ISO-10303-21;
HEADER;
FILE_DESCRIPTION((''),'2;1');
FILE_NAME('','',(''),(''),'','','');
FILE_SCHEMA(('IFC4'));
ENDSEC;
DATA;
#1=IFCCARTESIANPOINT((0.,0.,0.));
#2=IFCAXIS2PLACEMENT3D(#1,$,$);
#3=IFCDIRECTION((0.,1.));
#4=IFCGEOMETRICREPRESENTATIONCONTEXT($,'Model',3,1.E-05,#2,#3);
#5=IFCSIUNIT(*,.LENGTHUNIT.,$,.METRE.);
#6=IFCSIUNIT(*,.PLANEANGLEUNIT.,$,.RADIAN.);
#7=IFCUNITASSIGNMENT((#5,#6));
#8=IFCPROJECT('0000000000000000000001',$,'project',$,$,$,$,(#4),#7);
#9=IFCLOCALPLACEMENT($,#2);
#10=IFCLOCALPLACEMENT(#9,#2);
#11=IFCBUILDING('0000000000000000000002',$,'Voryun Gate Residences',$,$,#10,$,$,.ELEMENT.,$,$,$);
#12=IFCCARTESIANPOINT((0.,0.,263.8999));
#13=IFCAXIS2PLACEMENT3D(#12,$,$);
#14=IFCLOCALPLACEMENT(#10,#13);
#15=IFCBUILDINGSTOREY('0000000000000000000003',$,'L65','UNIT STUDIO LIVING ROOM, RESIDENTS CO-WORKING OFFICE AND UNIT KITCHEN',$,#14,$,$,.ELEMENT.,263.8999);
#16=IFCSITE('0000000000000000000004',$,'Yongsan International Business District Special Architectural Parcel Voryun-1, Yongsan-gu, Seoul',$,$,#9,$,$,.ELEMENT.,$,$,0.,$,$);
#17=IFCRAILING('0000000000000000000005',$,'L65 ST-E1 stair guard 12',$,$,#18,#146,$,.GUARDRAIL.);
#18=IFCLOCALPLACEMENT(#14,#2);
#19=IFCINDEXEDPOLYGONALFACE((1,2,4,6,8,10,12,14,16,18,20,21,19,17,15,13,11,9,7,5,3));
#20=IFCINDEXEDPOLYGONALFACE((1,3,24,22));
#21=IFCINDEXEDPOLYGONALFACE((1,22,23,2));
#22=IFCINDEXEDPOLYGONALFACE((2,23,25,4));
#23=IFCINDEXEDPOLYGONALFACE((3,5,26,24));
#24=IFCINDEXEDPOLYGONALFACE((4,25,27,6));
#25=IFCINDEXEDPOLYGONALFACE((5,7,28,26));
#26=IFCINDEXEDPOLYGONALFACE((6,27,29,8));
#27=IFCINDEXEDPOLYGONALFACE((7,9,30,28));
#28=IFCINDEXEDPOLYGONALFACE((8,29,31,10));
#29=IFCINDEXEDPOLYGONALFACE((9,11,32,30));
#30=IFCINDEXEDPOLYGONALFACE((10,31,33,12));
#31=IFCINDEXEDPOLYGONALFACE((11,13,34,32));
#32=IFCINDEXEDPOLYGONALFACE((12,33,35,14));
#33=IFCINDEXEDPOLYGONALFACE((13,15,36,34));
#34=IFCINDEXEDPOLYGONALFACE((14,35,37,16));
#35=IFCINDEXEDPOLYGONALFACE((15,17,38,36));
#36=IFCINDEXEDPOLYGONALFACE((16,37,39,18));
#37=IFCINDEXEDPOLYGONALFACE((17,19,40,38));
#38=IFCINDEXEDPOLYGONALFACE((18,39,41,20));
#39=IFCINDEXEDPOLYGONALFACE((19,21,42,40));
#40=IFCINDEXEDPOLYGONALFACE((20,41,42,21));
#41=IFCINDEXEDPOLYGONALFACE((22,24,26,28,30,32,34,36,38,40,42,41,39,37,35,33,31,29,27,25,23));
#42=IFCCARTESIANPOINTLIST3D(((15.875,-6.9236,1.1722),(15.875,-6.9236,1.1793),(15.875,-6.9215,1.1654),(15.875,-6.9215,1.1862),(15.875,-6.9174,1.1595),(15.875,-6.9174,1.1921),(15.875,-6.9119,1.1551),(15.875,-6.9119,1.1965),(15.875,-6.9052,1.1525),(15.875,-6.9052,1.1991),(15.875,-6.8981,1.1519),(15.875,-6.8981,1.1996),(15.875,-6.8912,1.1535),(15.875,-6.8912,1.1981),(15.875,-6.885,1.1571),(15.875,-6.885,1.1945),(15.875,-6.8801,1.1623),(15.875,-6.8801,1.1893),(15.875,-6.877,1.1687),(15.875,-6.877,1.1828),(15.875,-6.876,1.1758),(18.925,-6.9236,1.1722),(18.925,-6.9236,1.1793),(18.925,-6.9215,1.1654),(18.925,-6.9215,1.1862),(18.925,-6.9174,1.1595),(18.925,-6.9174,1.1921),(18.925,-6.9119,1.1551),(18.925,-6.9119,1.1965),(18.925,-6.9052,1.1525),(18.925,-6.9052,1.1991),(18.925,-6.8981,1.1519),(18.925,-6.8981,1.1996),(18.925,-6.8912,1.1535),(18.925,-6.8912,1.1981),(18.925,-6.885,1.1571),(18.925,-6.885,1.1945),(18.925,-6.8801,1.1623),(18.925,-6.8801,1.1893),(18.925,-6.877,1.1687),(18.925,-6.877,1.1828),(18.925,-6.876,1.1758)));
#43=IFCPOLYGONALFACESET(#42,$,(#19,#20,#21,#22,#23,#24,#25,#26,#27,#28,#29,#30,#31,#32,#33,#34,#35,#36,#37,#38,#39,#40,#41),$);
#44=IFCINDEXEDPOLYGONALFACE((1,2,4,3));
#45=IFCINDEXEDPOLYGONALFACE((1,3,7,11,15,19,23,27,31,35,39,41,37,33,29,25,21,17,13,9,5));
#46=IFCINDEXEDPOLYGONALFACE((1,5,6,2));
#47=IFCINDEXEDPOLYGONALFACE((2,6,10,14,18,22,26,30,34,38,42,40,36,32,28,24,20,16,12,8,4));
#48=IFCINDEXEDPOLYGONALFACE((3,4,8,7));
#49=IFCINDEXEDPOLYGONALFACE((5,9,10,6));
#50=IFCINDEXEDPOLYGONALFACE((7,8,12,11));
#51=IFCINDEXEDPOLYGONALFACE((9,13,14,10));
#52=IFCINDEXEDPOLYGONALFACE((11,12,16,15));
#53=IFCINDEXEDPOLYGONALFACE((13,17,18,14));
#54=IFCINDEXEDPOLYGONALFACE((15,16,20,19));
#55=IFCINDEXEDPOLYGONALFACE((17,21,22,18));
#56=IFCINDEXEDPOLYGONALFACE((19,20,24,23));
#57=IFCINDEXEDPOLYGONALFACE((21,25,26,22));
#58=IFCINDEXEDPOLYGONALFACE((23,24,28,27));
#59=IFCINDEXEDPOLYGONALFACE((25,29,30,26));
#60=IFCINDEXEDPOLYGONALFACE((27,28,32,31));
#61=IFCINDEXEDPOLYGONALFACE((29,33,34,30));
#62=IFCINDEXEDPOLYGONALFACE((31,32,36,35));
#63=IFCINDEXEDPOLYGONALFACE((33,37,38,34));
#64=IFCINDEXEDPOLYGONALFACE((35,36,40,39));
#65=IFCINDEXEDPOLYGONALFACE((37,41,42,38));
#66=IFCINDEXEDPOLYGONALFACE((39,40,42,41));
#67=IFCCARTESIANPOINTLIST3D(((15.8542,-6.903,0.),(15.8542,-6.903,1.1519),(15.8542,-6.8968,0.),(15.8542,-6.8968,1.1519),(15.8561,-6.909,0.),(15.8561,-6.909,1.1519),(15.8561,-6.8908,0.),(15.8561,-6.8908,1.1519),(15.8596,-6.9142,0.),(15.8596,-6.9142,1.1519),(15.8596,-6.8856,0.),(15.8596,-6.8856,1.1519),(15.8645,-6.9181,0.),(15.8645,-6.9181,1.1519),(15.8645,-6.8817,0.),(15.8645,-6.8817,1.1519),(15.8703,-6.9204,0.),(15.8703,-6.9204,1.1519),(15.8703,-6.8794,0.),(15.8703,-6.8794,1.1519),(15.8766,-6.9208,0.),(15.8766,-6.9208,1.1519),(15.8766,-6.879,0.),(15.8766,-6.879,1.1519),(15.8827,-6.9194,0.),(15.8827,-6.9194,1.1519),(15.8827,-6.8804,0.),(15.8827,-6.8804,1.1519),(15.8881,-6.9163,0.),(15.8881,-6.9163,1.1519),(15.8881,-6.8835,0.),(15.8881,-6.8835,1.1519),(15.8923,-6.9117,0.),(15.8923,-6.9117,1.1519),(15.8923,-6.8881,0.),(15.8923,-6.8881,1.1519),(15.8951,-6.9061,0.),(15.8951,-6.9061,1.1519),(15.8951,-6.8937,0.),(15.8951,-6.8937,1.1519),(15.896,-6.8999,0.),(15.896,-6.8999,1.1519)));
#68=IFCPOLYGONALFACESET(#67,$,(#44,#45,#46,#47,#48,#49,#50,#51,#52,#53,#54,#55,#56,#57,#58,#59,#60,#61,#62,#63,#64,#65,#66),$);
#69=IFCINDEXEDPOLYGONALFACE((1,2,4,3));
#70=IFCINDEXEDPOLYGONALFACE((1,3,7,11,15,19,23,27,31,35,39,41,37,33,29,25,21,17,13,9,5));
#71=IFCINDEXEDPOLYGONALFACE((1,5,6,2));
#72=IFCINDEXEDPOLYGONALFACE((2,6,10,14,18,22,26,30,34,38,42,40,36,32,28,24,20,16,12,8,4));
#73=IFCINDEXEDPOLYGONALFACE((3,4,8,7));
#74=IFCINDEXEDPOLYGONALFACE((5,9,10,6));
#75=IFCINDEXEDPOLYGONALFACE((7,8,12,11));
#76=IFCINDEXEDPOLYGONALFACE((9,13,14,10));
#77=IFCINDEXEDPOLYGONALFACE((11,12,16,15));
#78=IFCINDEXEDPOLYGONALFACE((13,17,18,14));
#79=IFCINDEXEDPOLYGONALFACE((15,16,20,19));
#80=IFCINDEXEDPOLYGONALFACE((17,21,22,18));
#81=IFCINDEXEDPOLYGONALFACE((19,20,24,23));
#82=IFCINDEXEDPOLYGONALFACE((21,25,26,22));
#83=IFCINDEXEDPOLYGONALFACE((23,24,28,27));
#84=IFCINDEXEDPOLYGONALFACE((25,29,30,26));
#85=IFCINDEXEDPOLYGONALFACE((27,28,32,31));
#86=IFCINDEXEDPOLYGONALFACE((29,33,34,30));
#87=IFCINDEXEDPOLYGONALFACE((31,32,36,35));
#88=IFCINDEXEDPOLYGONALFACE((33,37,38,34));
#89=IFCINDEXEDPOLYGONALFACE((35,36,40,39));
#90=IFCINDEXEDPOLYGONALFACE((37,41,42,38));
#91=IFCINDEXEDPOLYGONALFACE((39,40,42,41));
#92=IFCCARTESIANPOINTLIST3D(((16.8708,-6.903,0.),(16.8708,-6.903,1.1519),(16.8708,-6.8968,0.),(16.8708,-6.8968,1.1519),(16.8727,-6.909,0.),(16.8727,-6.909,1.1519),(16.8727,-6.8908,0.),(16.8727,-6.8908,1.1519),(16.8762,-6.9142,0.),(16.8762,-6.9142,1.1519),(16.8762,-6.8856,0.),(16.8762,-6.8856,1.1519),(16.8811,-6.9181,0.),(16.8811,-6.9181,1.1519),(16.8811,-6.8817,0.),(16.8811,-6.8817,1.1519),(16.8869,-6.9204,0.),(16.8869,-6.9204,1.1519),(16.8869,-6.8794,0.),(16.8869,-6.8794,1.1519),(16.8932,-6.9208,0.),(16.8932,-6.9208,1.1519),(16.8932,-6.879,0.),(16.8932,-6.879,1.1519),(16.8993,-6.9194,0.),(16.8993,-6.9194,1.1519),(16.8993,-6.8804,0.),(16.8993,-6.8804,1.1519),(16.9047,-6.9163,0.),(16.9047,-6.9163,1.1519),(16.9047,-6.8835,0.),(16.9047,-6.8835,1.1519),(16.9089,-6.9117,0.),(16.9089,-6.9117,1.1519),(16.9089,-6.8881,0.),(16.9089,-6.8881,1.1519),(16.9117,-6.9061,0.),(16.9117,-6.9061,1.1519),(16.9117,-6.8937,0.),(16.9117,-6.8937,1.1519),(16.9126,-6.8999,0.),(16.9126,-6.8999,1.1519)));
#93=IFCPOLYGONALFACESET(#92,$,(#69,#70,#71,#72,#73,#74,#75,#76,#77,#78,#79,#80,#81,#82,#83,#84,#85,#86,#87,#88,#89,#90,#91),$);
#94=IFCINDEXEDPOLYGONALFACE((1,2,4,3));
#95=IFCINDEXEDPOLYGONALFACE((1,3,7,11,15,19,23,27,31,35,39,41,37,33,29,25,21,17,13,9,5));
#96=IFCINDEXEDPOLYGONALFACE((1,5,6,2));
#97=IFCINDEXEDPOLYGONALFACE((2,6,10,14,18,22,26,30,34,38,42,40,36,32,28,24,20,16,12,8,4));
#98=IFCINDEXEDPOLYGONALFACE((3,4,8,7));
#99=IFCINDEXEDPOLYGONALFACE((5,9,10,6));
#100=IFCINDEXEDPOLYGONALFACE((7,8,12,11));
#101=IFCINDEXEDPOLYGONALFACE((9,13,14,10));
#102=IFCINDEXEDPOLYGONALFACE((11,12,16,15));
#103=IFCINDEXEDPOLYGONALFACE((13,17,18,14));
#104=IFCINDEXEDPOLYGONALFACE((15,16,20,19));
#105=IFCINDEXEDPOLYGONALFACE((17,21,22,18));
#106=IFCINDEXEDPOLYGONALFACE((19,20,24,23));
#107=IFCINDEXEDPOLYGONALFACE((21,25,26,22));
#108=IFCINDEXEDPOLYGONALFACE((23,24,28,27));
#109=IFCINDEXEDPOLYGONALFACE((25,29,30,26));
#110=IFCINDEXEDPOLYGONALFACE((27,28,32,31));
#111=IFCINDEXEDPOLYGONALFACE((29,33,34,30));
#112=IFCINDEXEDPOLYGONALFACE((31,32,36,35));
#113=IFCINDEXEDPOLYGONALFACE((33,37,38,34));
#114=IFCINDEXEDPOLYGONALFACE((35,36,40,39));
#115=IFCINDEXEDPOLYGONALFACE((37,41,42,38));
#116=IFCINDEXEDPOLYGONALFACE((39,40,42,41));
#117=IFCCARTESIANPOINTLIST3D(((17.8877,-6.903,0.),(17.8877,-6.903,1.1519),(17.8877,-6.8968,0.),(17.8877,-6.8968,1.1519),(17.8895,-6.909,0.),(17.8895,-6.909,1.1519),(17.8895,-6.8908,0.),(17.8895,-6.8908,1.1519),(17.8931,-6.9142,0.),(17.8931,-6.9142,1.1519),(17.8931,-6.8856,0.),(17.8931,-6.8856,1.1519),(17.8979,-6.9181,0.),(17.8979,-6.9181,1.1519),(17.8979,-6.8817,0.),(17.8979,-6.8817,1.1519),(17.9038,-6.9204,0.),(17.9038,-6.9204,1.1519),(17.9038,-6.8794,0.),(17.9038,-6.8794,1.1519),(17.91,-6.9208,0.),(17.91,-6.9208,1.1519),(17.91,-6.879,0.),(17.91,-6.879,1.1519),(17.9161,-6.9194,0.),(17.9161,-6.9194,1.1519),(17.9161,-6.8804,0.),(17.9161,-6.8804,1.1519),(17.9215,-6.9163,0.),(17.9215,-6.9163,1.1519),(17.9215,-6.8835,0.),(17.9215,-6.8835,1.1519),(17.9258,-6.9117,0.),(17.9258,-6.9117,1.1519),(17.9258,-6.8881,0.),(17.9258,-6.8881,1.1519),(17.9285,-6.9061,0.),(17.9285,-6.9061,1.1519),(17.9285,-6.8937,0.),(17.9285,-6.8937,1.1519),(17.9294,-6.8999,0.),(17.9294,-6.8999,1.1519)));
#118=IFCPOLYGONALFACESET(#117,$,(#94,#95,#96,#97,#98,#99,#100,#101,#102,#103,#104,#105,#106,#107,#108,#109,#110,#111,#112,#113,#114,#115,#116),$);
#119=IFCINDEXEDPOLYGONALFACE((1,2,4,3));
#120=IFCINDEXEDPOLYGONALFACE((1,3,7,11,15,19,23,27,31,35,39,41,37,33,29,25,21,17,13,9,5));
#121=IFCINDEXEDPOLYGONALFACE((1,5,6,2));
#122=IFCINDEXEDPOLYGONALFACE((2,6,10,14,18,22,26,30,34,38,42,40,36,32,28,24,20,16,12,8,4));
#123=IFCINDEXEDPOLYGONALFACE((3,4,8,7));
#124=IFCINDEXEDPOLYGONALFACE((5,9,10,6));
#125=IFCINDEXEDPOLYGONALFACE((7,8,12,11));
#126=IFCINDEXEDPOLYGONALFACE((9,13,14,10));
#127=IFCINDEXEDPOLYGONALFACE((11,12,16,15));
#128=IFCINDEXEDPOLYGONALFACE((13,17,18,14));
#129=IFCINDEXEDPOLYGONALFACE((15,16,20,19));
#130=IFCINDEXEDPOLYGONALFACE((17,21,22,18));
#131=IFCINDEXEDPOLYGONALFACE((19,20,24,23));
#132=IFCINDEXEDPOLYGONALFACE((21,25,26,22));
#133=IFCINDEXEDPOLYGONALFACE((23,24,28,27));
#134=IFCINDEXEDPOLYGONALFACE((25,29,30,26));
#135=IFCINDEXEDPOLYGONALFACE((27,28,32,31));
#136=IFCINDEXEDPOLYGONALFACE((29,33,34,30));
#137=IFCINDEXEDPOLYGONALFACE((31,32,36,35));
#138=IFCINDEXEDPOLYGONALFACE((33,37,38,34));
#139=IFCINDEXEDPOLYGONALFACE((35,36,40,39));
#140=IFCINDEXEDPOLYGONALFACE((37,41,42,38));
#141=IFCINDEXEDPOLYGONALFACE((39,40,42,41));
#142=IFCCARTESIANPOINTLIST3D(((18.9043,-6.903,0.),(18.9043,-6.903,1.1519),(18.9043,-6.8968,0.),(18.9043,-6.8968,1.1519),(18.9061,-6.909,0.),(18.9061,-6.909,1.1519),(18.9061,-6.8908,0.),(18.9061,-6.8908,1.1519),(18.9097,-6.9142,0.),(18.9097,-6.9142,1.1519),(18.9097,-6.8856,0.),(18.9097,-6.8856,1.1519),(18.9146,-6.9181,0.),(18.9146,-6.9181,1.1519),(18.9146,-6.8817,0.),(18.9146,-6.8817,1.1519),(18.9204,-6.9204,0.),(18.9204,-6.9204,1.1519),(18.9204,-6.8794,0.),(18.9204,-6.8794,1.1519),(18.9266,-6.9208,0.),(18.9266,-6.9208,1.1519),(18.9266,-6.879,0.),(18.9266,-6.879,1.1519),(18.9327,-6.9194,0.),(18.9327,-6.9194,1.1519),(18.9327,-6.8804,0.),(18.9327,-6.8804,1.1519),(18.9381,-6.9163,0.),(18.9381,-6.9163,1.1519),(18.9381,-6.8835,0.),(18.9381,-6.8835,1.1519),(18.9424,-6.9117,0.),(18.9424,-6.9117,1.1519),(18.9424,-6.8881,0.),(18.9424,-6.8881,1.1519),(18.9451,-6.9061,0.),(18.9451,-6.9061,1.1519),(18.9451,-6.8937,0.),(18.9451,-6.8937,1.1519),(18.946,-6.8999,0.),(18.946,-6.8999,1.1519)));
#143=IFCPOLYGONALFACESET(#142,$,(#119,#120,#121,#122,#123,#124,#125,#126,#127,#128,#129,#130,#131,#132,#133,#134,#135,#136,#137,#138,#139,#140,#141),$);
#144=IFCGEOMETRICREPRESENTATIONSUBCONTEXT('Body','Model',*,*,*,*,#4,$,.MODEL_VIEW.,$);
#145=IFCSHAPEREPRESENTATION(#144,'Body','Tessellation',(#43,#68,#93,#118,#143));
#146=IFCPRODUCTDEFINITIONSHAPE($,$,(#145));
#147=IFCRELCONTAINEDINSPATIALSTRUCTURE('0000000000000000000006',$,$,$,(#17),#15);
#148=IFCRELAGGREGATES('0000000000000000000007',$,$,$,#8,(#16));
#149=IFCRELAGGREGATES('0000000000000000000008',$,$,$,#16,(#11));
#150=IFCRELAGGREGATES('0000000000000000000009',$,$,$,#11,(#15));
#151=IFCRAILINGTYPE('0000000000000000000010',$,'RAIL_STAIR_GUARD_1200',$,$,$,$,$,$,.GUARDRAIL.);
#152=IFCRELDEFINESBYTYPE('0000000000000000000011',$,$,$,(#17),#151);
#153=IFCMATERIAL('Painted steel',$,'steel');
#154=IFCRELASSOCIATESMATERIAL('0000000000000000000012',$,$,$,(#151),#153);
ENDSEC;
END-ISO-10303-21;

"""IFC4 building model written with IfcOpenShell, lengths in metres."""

from ifc_helpers import new_model, si_unit, direction, frame, origin, origin_2d, place, context, subcontext, project, spatial, circle, extrude, material, type_object, element, save


model = new_model("IFC4")

# Units and contexts
model_context = context("Model", 3, precision=1e-05, world=origin(), true_north=direction((0.0, 1.0)))
body_context = subcontext(model_context, "Body", "Model", "MODEL_VIEW")
ifc_project = project(units=[si_unit("LENGTHUNIT", "METRE"), si_unit("PLANEANGLEUNIT", "RADIAN")], contexts=[model_context])

# Site, building, storey
site_placement = place(None, origin())
site = spatial("IfcSite", under=ifc_project, at=site_placement, Name="Yongsan International Business District Special Architectural Parcel Voryun-1, Yongsan-gu, Seoul", CompositionType="ELEMENT", RefElevation=0.0)
building_placement = place(site_placement, origin())
building = spatial("IfcBuilding", under=site, at=building_placement, Name="Voryun Gate Residences", CompositionType="ELEMENT")
storey_placement = place(building_placement, frame((0.0, 0.0, 263.8999)))
storey = spatial("IfcBuildingStorey", under=building, at=storey_placement, Name="L65", Description="UNIT STUDIO LIVING ROOM, RESIDENTS CO-WORKING OFFICE AND UNIT KITCHEN", CompositionType="ELEMENT", Elevation=263.8999)

# Railing
ifc_material_1 = material(Name="Painted steel", Category="steel")
railing_type_1 = type_object("IfcRailingType", Name="RAIL_STAIR_GUARD_1200", PredefinedType="GUARDRAIL", material=ifc_material_1)
railing_1_placement = place(storey_placement, frame((15.875, -6.8999, 0.0)))
element("IfcRailing", 1, at=railing_1_placement, inside=storey, type_object=railing_type_1, Name="L65 ST-E1 stair guard 12", PredefinedType="GUARDRAIL", context=body_context, shape_type="SweptSolid", body=[
    extrude(circle(Radius=0.0239, at=origin_2d()), frame((0.0, 0.0, 1.1758), z_axis=(1.0, 0.0, 0.0), x_axis=(0.0, 1.0, 0.0)), (0.0, 0.0, 1.0), 3.05),
    extrude(circle(Radius=0.021, at=origin_2d()), origin(), (0.0, 0.0, 1.0), 1.1519),
    extrude(circle(Radius=0.021, at=origin_2d()), frame((1.0166, 0.0, 0.0)), (0.0, 0.0, 1.0), 1.1519),
    extrude(circle(Radius=0.021, at=origin_2d()), frame((2.0334, 0.0, 0.0)), (0.0, 0.0, 1.0), 1.1519),
    extrude(circle(Radius=0.021, at=origin_2d()), frame((3.05, 0.0, 0.0)), (0.0, 0.0, 1.0), 1.1519),
])

save(model, "model.ifc")
